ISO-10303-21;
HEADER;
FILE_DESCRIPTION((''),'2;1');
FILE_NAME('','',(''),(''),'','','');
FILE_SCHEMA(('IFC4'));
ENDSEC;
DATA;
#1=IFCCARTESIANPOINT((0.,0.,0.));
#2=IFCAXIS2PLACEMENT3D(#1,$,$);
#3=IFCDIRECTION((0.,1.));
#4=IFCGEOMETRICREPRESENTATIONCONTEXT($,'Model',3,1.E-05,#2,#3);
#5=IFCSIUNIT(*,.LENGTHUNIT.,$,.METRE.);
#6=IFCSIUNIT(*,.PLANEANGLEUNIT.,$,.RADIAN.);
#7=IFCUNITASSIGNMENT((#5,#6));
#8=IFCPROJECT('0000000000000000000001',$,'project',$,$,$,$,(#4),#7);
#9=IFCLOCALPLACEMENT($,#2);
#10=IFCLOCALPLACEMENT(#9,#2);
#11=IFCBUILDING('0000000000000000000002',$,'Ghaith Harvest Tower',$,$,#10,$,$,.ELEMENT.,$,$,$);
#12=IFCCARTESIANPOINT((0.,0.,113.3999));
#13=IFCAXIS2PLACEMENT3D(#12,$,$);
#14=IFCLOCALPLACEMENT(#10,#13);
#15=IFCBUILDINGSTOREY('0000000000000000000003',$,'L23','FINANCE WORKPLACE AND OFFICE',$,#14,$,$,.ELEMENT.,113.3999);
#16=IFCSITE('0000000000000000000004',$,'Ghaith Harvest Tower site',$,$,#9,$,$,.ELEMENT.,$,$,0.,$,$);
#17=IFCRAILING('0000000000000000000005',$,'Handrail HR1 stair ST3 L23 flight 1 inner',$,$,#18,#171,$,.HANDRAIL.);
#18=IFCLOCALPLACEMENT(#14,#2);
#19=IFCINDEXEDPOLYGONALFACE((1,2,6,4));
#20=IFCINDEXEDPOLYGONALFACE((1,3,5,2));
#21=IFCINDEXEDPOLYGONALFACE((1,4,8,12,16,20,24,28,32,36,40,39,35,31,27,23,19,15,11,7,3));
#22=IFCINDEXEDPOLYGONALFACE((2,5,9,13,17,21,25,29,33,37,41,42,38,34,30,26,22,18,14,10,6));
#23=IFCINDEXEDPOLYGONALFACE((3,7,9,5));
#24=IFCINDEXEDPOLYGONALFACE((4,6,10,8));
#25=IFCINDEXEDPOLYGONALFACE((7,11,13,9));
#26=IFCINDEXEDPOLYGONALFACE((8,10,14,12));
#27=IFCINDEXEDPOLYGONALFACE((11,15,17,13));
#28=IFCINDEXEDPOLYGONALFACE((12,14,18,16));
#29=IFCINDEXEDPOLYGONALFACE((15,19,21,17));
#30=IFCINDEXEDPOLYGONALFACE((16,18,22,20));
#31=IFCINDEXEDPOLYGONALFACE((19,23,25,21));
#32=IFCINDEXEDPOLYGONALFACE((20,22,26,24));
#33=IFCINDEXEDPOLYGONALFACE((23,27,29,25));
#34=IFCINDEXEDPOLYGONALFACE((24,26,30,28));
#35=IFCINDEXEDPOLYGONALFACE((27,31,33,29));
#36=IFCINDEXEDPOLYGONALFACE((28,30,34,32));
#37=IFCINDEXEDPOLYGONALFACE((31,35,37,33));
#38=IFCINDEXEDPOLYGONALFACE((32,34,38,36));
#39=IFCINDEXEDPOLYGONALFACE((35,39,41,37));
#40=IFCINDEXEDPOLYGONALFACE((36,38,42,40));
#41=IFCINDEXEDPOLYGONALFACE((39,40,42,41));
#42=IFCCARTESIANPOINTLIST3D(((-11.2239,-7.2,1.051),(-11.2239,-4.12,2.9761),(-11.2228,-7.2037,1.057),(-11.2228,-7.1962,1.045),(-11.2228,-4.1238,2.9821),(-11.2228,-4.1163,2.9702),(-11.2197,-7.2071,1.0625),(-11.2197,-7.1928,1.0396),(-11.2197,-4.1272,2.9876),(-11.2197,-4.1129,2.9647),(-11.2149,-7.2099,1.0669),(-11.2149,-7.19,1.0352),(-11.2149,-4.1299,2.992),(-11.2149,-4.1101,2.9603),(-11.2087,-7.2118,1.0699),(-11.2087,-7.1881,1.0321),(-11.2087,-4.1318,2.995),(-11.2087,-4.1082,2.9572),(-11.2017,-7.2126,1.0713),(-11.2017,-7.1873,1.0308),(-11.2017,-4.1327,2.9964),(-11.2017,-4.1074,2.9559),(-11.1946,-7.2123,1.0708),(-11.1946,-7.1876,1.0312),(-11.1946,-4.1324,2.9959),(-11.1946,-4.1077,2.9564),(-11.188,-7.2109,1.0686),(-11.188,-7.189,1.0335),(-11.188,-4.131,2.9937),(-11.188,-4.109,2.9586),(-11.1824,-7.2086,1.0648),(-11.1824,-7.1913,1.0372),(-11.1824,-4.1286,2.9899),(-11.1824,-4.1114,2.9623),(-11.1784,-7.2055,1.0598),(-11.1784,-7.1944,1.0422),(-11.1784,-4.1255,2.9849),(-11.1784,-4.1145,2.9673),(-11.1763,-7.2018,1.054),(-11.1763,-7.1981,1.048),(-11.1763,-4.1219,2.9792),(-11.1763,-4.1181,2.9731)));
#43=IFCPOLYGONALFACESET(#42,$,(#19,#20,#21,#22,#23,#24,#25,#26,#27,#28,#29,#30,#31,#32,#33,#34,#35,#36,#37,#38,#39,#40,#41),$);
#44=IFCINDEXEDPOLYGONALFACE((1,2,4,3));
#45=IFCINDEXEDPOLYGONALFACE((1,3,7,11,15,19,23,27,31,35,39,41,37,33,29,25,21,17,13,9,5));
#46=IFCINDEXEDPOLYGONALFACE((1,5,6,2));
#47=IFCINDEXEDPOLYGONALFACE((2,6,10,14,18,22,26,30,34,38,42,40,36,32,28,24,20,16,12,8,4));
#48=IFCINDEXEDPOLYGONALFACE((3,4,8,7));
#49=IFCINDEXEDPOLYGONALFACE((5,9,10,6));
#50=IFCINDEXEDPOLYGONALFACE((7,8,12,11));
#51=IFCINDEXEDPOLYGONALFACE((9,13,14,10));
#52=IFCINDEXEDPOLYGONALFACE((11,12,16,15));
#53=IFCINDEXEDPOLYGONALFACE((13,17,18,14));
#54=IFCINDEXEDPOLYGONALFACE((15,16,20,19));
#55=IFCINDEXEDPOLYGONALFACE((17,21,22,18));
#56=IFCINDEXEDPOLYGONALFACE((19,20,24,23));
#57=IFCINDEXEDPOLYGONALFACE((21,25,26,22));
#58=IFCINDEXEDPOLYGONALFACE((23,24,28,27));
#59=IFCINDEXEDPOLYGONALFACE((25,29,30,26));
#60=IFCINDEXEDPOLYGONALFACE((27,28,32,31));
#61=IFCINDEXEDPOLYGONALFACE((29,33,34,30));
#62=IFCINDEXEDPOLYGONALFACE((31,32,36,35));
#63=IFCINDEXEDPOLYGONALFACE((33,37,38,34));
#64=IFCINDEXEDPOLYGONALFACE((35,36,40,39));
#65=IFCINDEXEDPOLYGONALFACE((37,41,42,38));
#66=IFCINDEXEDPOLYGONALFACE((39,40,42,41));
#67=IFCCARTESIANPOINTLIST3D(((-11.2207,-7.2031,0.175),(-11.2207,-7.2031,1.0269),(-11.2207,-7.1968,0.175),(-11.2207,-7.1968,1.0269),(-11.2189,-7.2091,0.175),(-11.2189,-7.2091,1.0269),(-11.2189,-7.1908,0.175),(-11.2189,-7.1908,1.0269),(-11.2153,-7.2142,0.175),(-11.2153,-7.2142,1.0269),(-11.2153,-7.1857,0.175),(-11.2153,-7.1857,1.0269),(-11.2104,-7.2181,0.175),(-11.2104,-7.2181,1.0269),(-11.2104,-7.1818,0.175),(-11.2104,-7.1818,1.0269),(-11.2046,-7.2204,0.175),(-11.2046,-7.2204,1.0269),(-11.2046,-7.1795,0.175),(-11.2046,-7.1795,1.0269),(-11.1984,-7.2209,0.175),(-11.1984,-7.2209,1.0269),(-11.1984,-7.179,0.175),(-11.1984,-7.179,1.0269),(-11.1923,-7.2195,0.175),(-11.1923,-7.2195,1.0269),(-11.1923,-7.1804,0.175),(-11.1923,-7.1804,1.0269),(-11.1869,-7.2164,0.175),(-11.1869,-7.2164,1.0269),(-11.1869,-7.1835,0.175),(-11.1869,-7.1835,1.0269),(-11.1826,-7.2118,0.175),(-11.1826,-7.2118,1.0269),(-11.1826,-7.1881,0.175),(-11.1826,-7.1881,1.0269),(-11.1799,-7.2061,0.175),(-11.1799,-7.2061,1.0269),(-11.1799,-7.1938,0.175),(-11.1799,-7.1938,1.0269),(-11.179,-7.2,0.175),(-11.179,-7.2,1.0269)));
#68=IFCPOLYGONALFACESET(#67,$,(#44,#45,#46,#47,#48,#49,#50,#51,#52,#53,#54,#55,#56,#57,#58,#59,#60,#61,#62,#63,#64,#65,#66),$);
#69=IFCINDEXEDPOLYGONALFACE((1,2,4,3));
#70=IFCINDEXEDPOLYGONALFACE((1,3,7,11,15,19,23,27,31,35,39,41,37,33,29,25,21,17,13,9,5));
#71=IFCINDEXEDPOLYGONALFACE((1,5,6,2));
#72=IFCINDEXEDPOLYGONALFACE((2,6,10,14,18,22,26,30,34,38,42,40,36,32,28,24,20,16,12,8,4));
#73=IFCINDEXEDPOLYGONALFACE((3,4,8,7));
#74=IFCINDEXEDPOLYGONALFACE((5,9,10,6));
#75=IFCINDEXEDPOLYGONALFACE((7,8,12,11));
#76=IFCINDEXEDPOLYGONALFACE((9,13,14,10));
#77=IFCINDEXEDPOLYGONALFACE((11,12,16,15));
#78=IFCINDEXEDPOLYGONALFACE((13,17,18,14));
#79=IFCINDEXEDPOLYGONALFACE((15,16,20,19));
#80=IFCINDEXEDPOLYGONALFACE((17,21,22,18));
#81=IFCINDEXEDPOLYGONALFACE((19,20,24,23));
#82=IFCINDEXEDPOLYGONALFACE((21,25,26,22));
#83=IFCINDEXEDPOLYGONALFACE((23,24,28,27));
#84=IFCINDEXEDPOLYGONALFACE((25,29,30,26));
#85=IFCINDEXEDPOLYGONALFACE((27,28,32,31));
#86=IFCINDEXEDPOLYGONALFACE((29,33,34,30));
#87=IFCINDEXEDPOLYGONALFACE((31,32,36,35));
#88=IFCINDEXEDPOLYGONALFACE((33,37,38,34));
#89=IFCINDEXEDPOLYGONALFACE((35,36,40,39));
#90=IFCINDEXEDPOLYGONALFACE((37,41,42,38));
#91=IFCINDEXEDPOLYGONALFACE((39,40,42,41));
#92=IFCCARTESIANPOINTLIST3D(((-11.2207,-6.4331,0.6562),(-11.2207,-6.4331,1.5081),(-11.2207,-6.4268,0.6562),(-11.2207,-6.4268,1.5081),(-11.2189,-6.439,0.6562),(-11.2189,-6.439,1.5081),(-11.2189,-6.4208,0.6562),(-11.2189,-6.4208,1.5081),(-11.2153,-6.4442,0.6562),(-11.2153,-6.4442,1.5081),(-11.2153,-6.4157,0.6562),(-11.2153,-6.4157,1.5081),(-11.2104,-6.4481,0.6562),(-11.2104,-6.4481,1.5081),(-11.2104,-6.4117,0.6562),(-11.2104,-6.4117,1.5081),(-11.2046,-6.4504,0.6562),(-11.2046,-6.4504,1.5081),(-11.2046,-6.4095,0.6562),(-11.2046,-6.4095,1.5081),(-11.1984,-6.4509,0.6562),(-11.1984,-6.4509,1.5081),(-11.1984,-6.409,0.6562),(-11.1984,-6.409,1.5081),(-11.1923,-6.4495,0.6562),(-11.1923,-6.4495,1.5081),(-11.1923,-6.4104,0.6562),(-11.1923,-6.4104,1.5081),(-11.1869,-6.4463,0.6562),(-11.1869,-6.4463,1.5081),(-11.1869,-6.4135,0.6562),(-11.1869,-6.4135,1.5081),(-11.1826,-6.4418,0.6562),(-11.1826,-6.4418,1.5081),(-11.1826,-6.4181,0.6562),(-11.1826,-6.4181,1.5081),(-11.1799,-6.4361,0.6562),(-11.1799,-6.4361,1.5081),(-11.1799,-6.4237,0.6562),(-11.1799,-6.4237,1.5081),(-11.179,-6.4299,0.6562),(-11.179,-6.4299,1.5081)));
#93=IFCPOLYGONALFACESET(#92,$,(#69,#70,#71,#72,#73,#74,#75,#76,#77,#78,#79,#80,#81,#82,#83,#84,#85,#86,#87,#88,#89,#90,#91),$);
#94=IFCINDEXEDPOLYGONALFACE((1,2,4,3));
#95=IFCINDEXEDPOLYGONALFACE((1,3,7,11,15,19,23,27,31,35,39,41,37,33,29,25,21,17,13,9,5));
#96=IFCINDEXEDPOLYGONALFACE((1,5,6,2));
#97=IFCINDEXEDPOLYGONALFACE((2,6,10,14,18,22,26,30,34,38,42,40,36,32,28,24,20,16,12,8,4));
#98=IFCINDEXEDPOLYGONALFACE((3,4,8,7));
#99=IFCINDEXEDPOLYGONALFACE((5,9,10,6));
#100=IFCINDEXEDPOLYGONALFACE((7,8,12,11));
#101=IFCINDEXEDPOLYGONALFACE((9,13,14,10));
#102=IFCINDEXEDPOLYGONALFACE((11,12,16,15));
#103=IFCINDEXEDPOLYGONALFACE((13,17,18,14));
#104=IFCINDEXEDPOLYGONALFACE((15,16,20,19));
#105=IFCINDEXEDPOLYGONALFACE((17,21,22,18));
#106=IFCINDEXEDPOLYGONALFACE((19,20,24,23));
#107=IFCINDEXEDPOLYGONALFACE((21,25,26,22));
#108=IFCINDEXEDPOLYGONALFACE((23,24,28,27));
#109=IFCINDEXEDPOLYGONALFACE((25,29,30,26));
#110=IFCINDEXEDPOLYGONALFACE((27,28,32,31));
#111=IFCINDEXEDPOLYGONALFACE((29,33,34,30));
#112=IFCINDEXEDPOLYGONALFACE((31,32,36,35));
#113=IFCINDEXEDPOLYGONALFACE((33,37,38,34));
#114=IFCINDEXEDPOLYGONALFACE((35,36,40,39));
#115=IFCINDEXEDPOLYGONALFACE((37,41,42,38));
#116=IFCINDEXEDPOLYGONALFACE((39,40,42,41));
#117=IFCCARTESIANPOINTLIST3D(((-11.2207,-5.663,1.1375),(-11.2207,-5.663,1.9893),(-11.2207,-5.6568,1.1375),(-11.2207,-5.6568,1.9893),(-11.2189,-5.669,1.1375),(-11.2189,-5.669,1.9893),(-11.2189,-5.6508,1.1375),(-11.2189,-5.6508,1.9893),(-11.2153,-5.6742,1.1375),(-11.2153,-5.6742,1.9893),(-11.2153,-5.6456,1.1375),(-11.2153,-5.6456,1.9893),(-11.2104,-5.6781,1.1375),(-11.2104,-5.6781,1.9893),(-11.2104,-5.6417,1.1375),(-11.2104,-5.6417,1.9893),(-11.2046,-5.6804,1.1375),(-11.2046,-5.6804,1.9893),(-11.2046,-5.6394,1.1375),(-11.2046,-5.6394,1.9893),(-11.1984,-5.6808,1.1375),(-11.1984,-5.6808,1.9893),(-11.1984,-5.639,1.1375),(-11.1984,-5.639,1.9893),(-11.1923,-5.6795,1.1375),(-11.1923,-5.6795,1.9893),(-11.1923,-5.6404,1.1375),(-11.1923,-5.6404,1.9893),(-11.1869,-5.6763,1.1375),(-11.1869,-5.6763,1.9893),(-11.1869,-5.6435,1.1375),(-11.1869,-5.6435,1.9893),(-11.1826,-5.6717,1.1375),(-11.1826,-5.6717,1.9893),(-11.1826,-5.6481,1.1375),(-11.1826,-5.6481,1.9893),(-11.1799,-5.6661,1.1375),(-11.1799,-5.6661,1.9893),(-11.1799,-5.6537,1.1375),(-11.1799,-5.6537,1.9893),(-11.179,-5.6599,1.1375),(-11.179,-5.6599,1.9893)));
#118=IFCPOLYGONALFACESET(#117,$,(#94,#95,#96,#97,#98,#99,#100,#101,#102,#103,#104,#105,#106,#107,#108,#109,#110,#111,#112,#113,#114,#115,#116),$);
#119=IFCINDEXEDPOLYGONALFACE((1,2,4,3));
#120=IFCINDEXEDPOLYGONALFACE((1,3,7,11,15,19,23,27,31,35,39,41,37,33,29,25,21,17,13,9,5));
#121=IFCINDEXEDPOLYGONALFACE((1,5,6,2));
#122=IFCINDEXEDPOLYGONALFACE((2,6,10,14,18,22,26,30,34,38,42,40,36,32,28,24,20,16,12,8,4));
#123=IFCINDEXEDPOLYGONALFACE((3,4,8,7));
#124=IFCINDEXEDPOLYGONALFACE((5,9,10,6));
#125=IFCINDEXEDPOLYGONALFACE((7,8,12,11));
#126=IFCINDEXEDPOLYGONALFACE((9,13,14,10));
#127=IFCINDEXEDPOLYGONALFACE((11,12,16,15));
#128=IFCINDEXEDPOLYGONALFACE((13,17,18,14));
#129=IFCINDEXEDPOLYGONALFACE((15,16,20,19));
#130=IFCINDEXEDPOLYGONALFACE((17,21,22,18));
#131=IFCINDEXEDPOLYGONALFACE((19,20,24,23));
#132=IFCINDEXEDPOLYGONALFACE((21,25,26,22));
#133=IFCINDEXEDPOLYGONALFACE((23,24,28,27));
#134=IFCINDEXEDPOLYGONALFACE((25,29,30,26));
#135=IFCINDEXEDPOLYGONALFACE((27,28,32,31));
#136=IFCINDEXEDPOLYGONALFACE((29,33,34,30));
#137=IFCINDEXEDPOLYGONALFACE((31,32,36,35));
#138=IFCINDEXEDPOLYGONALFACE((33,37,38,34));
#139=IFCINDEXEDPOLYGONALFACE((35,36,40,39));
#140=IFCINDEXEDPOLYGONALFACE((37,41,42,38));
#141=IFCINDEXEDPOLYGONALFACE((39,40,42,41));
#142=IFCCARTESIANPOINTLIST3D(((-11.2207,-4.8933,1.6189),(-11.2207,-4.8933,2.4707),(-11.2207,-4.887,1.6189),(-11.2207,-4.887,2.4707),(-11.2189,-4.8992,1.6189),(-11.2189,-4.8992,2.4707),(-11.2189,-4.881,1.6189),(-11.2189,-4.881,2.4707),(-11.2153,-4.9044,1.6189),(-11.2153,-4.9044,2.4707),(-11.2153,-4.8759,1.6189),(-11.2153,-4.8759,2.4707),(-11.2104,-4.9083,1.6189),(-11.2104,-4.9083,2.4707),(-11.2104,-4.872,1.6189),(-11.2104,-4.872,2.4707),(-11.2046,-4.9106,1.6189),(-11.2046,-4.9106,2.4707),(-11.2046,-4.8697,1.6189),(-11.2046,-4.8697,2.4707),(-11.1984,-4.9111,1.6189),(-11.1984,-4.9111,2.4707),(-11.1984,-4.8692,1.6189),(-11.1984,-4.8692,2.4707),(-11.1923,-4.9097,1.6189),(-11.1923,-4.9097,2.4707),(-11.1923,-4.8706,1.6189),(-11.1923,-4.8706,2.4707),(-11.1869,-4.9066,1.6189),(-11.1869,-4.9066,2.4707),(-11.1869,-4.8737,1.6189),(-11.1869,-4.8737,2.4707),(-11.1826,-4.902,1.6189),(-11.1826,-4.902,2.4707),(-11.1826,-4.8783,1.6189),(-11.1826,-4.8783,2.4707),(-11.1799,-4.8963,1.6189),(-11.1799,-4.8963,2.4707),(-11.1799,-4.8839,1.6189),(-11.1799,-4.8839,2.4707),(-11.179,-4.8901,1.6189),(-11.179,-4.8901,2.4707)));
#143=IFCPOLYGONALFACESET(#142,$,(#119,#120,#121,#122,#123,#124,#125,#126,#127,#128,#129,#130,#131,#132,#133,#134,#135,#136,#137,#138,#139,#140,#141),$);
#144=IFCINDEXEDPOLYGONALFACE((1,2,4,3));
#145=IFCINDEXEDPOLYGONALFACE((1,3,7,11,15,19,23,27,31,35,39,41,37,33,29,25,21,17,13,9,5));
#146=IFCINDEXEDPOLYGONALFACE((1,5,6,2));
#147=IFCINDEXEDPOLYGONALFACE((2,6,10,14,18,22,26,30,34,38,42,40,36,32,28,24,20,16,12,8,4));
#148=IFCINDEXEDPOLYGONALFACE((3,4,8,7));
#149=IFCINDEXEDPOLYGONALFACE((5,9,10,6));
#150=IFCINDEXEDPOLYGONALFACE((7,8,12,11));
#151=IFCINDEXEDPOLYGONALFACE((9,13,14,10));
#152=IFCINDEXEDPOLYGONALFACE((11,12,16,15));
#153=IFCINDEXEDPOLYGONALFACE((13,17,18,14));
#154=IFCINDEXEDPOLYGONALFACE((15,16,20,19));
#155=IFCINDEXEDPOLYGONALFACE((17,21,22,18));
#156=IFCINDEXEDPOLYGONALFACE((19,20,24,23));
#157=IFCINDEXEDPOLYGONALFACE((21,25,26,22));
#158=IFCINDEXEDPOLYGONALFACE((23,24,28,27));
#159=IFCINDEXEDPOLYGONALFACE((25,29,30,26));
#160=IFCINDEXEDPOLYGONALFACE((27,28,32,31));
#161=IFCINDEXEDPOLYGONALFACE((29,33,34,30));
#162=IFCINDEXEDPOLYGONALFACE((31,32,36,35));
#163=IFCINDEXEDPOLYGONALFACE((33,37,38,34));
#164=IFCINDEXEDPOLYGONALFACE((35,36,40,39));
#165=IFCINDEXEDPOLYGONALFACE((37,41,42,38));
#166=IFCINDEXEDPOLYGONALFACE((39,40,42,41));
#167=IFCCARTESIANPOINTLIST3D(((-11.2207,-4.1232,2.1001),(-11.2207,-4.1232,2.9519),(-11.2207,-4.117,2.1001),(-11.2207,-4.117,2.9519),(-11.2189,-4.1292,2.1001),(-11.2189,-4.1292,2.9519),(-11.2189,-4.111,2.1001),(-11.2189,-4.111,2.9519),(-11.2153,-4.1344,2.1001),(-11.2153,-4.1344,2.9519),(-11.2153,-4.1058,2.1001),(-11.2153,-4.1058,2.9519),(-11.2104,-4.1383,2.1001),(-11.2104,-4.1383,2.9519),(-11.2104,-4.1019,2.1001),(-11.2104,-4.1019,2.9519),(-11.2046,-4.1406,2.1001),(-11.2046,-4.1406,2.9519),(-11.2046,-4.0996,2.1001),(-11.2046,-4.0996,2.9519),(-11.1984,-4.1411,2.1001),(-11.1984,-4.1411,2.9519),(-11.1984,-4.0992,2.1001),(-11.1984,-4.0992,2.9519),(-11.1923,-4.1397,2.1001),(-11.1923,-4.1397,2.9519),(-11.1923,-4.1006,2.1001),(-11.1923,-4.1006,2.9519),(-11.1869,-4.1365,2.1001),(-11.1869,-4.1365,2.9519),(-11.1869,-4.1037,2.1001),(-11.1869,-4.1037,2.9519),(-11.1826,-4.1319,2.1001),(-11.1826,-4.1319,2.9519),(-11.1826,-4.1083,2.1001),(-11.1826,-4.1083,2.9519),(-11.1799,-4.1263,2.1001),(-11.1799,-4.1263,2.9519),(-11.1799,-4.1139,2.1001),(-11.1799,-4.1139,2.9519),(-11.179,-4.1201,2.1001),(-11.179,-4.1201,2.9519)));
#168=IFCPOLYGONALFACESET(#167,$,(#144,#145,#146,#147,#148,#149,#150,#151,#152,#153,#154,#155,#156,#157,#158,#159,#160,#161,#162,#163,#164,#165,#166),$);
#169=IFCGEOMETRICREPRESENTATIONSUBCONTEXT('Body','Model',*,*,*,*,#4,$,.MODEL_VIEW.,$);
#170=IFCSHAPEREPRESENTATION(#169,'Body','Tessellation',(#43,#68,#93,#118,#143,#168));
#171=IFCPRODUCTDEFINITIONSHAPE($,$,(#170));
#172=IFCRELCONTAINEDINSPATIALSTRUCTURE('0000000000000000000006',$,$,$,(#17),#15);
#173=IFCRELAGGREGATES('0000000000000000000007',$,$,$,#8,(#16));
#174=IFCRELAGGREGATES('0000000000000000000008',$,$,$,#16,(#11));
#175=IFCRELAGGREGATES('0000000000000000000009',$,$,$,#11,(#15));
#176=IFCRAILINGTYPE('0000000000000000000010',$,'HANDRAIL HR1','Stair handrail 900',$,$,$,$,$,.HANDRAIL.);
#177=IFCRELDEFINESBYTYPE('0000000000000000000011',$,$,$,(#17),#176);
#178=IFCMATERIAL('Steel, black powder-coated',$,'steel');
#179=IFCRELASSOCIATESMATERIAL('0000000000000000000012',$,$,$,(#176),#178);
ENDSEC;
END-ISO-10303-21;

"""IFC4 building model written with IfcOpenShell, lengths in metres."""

from ifc_helpers import new_model, si_unit, direction, frame, origin, origin_2d, place, context, subcontext, project, spatial, circle, extrude, material, type_object, element, save


model = new_model("IFC4")

# Units and contexts
model_context = context("Model", 3, precision=1e-05, world=origin(), true_north=direction((0.0, 1.0)))
body_context = subcontext(model_context, "Body", "Model", "MODEL_VIEW")
ifc_project = project(units=[si_unit("LENGTHUNIT", "METRE"), si_unit("PLANEANGLEUNIT", "RADIAN")], contexts=[model_context])

# Site, building, storey
site_placement = place(None, origin())
site = spatial("IfcSite", under=ifc_project, at=site_placement, Name="Ghaith Harvest Tower site", CompositionType="ELEMENT", RefElevation=0.0)
building_placement = place(site_placement, origin())
building = spatial("IfcBuilding", under=site, at=building_placement, Name="Ghaith Harvest Tower", CompositionType="ELEMENT")
storey_placement = place(building_placement, frame((0.0, 0.0, 113.3999)))
storey = spatial("IfcBuildingStorey", under=building, at=storey_placement, Name="L23", Description="FINANCE WORKPLACE AND OFFICE", CompositionType="ELEMENT", Elevation=113.3999)

# Railing
ifc_material_1 = material(Name="Steel, black powder-coated", Category="steel")
railing_type = type_object("IfcRailingType", Name="HANDRAIL HR1", Description="Stair handrail 900", PredefinedType="HANDRAIL", material=ifc_material_1)
railing_1_placement = place(storey_placement, frame((-11.2, -7.2, 0.175)))
element("IfcRailing", 1, at=railing_1_placement, inside=storey, type_object=railing_type, Name="Handrail HR1 stair ST3 L23 flight 1 inner", PredefinedType="HANDRAIL", context=body_context, shape_type="SweptSolid", body=[
    extrude(circle(Radius=0.0239, at=origin_2d()), frame((0.0, 0.0, 0.876), z_axis=(0.0, 0.847979, 0.530029), x_axis=(-1.0, 0.0, 0.0)), (0.0, 0.0, 1.0), 3.6321),
    extrude(circle(Radius=0.021, at=origin_2d()), origin(), (0.0, 0.0, 1.0), 0.8518),
    extrude(circle(Radius=0.021, at=origin_2d()), frame((0.0, 0.77, 0.4812)), (0.0, 0.0, 1.0), 0.8518),
    extrude(circle(Radius=0.021, at=origin_2d()), frame((0.0, 1.54, 0.9624)), (0.0, 0.0, 1.0), 0.8518),
    extrude(circle(Radius=0.021, at=origin_2d()), frame((0.0, 2.3098, 1.4438)), (0.0, 0.0, 1.0), 0.8518),
    extrude(circle(Radius=0.021, at=origin_2d()), frame((0.0, 3.0798, 1.925)), (0.0, 0.0, 1.0), 0.8518),
])

save(model, "model.ifc")
